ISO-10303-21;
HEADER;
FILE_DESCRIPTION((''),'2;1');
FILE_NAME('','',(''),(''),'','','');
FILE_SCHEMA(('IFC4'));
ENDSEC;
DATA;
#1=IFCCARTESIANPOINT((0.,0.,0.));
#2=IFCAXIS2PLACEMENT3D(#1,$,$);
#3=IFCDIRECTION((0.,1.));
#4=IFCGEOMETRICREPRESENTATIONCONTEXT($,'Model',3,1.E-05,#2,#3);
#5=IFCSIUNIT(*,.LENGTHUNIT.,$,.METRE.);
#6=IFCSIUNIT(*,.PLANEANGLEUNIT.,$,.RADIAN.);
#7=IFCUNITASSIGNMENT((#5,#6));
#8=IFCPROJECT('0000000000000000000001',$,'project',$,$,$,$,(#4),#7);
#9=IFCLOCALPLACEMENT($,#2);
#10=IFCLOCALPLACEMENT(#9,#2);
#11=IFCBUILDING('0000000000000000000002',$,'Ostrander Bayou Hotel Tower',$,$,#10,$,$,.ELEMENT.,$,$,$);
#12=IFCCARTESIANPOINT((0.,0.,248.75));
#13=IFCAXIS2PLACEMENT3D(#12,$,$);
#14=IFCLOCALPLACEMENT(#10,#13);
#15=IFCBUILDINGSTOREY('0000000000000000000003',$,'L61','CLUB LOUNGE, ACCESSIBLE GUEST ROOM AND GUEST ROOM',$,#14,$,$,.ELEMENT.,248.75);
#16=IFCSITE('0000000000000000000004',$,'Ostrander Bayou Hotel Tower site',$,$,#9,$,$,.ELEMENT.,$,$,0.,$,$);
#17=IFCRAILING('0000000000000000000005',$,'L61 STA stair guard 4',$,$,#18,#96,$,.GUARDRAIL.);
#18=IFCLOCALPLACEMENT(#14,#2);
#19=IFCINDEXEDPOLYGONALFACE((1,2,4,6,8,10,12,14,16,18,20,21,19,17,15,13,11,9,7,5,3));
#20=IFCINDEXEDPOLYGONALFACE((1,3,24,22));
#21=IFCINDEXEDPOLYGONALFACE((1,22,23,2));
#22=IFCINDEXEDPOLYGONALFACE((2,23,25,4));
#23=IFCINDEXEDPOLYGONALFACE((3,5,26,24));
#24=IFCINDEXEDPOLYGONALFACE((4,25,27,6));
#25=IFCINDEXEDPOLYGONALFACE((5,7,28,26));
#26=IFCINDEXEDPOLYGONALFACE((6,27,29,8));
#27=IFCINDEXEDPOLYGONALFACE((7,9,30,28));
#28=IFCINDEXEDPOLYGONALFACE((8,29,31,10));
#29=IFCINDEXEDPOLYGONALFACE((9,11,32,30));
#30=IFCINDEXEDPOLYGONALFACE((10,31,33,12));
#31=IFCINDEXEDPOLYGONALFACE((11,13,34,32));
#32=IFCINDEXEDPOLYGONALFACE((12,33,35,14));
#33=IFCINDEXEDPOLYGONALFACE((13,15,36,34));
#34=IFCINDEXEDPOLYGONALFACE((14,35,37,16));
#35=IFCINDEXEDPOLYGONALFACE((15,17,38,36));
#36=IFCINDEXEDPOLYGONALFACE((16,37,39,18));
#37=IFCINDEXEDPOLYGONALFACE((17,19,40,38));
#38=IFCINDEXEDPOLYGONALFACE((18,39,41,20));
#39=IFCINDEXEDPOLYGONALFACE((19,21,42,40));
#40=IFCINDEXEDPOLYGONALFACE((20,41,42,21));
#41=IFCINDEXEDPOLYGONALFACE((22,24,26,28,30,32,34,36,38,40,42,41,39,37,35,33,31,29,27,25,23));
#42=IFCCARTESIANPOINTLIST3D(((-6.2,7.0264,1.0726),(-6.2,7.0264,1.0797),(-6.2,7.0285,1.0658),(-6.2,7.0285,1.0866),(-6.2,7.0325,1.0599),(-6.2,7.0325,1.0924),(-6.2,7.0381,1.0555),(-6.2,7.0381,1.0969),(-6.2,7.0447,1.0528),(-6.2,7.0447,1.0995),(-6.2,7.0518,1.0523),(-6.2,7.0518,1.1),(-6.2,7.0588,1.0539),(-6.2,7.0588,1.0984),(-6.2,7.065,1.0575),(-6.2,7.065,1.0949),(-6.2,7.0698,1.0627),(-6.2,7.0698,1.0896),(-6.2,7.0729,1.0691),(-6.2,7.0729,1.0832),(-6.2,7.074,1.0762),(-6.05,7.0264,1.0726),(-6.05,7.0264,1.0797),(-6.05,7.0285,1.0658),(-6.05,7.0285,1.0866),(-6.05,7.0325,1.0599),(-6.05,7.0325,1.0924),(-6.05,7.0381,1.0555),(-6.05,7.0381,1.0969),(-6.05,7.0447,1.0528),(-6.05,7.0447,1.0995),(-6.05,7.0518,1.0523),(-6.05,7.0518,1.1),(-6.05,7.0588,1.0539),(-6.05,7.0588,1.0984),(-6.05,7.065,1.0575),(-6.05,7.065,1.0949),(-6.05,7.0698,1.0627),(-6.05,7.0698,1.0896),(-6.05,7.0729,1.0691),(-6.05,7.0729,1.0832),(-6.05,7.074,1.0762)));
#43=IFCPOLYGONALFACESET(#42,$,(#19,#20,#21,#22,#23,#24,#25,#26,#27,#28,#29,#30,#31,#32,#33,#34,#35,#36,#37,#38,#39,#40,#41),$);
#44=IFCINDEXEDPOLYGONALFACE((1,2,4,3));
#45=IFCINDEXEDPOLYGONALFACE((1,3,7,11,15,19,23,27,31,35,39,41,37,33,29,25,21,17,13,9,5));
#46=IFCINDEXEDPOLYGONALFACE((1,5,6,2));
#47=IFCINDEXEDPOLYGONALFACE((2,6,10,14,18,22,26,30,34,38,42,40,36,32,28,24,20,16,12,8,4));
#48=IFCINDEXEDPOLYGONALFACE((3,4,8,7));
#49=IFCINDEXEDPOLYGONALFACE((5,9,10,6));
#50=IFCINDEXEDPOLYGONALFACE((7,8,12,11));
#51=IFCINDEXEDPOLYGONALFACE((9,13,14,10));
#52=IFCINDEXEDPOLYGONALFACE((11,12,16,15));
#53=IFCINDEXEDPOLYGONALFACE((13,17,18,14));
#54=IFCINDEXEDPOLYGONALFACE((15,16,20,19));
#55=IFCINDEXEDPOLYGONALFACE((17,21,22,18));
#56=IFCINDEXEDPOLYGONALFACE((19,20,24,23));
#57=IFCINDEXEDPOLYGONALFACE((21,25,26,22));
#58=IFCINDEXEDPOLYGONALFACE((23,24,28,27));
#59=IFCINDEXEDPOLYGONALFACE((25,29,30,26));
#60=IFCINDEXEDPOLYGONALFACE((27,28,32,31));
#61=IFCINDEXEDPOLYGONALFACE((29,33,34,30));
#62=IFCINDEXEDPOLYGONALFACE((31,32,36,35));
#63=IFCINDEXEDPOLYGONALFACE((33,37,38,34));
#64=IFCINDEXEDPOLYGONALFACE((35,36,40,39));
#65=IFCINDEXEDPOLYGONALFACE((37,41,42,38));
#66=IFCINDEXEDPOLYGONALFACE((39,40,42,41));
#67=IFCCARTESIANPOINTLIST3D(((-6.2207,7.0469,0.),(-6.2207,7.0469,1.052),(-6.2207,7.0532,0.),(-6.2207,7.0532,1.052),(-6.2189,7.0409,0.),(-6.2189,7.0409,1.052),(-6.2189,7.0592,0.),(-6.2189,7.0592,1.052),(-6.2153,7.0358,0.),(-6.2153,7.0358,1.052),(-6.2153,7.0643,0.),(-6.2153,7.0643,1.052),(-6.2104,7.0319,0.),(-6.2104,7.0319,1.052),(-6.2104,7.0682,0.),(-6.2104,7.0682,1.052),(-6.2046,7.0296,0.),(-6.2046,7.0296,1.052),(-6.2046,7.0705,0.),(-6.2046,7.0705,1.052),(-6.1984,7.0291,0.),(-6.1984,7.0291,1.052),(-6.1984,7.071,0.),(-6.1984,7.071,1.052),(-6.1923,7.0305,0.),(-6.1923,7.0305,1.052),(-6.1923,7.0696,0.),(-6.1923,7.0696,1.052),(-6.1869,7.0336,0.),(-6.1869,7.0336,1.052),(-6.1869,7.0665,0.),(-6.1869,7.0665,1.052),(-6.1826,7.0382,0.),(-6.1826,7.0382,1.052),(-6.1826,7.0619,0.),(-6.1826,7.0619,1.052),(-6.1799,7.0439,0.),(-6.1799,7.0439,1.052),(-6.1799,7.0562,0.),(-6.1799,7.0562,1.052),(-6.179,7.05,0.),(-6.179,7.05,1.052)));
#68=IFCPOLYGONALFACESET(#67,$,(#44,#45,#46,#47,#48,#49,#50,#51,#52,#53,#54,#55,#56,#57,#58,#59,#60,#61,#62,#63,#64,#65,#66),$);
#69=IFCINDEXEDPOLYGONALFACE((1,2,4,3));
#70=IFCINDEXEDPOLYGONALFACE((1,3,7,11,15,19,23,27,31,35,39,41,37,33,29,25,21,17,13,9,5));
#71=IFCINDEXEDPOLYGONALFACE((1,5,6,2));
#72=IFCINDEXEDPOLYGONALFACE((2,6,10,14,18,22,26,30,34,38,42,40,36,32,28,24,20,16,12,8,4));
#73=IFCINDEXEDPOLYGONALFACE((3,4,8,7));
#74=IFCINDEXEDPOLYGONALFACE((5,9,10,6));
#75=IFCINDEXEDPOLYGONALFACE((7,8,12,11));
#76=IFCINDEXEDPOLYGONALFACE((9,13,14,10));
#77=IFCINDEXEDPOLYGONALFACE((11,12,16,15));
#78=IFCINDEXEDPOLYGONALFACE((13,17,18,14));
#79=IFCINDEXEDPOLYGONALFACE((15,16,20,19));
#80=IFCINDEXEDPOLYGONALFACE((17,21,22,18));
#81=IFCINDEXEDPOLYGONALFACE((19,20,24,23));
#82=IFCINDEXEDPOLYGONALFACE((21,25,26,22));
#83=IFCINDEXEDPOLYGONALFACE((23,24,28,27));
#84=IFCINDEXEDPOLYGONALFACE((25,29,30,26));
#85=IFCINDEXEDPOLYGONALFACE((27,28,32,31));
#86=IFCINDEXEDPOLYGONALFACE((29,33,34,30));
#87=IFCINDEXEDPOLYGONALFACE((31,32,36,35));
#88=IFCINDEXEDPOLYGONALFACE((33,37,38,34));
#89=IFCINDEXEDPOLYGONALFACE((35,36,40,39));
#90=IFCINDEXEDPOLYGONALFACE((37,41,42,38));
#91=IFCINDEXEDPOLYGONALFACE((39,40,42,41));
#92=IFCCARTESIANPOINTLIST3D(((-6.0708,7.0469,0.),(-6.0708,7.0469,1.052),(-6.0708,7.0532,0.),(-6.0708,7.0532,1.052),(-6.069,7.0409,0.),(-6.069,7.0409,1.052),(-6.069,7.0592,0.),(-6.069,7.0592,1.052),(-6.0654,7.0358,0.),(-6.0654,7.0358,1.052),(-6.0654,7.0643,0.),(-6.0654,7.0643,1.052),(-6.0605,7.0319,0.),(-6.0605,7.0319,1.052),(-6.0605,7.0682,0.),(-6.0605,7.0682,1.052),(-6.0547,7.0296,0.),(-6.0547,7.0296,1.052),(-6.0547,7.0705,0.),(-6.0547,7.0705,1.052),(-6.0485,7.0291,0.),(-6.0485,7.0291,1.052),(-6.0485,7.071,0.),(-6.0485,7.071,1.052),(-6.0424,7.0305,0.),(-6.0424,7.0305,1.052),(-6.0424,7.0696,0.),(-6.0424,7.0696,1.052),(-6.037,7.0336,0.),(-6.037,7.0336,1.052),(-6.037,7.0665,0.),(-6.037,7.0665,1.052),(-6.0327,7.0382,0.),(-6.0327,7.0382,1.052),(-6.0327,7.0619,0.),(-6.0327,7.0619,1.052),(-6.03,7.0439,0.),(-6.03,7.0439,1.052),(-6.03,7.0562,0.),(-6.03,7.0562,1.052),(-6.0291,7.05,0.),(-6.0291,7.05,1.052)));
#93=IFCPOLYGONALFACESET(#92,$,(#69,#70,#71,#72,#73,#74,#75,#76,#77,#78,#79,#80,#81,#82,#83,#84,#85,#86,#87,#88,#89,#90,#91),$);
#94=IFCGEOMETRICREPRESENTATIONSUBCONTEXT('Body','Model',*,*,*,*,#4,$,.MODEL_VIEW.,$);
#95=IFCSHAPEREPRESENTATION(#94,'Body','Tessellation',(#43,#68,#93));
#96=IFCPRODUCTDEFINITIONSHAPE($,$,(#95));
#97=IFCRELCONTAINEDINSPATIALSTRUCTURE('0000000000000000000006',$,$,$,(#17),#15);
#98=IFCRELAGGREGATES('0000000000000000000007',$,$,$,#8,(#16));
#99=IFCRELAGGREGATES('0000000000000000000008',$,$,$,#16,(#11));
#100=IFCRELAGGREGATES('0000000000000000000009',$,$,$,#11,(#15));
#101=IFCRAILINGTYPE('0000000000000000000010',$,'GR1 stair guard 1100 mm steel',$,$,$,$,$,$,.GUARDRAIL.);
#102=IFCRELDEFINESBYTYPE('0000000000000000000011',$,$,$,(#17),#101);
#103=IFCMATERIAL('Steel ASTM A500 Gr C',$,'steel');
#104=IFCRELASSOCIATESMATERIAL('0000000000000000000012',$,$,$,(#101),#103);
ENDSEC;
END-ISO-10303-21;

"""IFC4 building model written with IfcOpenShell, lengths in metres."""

from ifc_helpers import new_model, si_unit, direction, frame, origin, origin_2d, place, context, subcontext, project, spatial, circle, extrude, material, type_object, element, save


model = new_model("IFC4")

# Units and contexts
model_context = context("Model", 3, precision=1e-05, world=origin(), true_north=direction((0.0, 1.0)))
body_context = subcontext(model_context, "Body", "Model", "MODEL_VIEW")
ifc_project = project(units=[si_unit("LENGTHUNIT", "METRE"), si_unit("PLANEANGLEUNIT", "RADIAN")], contexts=[model_context])

# Site, building, storey
site_placement = place(None, origin())
site = spatial("IfcSite", under=ifc_project, at=site_placement, Name="Ostrander Bayou Hotel Tower site", CompositionType="ELEMENT", RefElevation=0.0)
building_placement = place(site_placement, origin())
building = spatial("IfcBuilding", under=site, at=building_placement, Name="Ostrander Bayou Hotel Tower", CompositionType="ELEMENT")
storey_placement = place(building_placement, frame((0.0, 0.0, 248.75)))
storey = spatial("IfcBuildingStorey", under=building, at=storey_placement, Name="L61", Description="CLUB LOUNGE, ACCESSIBLE GUEST ROOM AND GUEST ROOM", CompositionType="ELEMENT", Elevation=248.75)

# Railing
ifc_material_1 = material(Name="Steel ASTM A500 Gr C", Category="steel")
railing_type = type_object("IfcRailingType", Name="GR1 stair guard 1100 mm steel", PredefinedType="GUARDRAIL", material=ifc_material_1)
railing_1_placement = place(storey_placement, frame((-6.2, 7.05, 0.0)))
element("IfcRailing", 1, at=railing_1_placement, inside=storey, type_object=railing_type, Name="L61 STA stair guard 4", PredefinedType="GUARDRAIL", context=body_context, shape_type="SweptSolid", body=[
    extrude(circle(Radius=0.0239, at=origin_2d()), frame((0.0, 0.0, 1.0762), z_axis=(1.0, 0.0, 0.0), x_axis=(0.0, 1.0, 0.0)), (0.0, 0.0, 1.0), 0.1499),
    extrude(circle(Radius=0.021, at=origin_2d()), origin(), (0.0, 0.0, 1.0), 1.052),
    extrude(circle(Radius=0.021, at=origin_2d()), frame((0.1499, 0.0, 0.0)), (0.0, 0.0, 1.0), 1.052),
])

save(model, "model.ifc")
